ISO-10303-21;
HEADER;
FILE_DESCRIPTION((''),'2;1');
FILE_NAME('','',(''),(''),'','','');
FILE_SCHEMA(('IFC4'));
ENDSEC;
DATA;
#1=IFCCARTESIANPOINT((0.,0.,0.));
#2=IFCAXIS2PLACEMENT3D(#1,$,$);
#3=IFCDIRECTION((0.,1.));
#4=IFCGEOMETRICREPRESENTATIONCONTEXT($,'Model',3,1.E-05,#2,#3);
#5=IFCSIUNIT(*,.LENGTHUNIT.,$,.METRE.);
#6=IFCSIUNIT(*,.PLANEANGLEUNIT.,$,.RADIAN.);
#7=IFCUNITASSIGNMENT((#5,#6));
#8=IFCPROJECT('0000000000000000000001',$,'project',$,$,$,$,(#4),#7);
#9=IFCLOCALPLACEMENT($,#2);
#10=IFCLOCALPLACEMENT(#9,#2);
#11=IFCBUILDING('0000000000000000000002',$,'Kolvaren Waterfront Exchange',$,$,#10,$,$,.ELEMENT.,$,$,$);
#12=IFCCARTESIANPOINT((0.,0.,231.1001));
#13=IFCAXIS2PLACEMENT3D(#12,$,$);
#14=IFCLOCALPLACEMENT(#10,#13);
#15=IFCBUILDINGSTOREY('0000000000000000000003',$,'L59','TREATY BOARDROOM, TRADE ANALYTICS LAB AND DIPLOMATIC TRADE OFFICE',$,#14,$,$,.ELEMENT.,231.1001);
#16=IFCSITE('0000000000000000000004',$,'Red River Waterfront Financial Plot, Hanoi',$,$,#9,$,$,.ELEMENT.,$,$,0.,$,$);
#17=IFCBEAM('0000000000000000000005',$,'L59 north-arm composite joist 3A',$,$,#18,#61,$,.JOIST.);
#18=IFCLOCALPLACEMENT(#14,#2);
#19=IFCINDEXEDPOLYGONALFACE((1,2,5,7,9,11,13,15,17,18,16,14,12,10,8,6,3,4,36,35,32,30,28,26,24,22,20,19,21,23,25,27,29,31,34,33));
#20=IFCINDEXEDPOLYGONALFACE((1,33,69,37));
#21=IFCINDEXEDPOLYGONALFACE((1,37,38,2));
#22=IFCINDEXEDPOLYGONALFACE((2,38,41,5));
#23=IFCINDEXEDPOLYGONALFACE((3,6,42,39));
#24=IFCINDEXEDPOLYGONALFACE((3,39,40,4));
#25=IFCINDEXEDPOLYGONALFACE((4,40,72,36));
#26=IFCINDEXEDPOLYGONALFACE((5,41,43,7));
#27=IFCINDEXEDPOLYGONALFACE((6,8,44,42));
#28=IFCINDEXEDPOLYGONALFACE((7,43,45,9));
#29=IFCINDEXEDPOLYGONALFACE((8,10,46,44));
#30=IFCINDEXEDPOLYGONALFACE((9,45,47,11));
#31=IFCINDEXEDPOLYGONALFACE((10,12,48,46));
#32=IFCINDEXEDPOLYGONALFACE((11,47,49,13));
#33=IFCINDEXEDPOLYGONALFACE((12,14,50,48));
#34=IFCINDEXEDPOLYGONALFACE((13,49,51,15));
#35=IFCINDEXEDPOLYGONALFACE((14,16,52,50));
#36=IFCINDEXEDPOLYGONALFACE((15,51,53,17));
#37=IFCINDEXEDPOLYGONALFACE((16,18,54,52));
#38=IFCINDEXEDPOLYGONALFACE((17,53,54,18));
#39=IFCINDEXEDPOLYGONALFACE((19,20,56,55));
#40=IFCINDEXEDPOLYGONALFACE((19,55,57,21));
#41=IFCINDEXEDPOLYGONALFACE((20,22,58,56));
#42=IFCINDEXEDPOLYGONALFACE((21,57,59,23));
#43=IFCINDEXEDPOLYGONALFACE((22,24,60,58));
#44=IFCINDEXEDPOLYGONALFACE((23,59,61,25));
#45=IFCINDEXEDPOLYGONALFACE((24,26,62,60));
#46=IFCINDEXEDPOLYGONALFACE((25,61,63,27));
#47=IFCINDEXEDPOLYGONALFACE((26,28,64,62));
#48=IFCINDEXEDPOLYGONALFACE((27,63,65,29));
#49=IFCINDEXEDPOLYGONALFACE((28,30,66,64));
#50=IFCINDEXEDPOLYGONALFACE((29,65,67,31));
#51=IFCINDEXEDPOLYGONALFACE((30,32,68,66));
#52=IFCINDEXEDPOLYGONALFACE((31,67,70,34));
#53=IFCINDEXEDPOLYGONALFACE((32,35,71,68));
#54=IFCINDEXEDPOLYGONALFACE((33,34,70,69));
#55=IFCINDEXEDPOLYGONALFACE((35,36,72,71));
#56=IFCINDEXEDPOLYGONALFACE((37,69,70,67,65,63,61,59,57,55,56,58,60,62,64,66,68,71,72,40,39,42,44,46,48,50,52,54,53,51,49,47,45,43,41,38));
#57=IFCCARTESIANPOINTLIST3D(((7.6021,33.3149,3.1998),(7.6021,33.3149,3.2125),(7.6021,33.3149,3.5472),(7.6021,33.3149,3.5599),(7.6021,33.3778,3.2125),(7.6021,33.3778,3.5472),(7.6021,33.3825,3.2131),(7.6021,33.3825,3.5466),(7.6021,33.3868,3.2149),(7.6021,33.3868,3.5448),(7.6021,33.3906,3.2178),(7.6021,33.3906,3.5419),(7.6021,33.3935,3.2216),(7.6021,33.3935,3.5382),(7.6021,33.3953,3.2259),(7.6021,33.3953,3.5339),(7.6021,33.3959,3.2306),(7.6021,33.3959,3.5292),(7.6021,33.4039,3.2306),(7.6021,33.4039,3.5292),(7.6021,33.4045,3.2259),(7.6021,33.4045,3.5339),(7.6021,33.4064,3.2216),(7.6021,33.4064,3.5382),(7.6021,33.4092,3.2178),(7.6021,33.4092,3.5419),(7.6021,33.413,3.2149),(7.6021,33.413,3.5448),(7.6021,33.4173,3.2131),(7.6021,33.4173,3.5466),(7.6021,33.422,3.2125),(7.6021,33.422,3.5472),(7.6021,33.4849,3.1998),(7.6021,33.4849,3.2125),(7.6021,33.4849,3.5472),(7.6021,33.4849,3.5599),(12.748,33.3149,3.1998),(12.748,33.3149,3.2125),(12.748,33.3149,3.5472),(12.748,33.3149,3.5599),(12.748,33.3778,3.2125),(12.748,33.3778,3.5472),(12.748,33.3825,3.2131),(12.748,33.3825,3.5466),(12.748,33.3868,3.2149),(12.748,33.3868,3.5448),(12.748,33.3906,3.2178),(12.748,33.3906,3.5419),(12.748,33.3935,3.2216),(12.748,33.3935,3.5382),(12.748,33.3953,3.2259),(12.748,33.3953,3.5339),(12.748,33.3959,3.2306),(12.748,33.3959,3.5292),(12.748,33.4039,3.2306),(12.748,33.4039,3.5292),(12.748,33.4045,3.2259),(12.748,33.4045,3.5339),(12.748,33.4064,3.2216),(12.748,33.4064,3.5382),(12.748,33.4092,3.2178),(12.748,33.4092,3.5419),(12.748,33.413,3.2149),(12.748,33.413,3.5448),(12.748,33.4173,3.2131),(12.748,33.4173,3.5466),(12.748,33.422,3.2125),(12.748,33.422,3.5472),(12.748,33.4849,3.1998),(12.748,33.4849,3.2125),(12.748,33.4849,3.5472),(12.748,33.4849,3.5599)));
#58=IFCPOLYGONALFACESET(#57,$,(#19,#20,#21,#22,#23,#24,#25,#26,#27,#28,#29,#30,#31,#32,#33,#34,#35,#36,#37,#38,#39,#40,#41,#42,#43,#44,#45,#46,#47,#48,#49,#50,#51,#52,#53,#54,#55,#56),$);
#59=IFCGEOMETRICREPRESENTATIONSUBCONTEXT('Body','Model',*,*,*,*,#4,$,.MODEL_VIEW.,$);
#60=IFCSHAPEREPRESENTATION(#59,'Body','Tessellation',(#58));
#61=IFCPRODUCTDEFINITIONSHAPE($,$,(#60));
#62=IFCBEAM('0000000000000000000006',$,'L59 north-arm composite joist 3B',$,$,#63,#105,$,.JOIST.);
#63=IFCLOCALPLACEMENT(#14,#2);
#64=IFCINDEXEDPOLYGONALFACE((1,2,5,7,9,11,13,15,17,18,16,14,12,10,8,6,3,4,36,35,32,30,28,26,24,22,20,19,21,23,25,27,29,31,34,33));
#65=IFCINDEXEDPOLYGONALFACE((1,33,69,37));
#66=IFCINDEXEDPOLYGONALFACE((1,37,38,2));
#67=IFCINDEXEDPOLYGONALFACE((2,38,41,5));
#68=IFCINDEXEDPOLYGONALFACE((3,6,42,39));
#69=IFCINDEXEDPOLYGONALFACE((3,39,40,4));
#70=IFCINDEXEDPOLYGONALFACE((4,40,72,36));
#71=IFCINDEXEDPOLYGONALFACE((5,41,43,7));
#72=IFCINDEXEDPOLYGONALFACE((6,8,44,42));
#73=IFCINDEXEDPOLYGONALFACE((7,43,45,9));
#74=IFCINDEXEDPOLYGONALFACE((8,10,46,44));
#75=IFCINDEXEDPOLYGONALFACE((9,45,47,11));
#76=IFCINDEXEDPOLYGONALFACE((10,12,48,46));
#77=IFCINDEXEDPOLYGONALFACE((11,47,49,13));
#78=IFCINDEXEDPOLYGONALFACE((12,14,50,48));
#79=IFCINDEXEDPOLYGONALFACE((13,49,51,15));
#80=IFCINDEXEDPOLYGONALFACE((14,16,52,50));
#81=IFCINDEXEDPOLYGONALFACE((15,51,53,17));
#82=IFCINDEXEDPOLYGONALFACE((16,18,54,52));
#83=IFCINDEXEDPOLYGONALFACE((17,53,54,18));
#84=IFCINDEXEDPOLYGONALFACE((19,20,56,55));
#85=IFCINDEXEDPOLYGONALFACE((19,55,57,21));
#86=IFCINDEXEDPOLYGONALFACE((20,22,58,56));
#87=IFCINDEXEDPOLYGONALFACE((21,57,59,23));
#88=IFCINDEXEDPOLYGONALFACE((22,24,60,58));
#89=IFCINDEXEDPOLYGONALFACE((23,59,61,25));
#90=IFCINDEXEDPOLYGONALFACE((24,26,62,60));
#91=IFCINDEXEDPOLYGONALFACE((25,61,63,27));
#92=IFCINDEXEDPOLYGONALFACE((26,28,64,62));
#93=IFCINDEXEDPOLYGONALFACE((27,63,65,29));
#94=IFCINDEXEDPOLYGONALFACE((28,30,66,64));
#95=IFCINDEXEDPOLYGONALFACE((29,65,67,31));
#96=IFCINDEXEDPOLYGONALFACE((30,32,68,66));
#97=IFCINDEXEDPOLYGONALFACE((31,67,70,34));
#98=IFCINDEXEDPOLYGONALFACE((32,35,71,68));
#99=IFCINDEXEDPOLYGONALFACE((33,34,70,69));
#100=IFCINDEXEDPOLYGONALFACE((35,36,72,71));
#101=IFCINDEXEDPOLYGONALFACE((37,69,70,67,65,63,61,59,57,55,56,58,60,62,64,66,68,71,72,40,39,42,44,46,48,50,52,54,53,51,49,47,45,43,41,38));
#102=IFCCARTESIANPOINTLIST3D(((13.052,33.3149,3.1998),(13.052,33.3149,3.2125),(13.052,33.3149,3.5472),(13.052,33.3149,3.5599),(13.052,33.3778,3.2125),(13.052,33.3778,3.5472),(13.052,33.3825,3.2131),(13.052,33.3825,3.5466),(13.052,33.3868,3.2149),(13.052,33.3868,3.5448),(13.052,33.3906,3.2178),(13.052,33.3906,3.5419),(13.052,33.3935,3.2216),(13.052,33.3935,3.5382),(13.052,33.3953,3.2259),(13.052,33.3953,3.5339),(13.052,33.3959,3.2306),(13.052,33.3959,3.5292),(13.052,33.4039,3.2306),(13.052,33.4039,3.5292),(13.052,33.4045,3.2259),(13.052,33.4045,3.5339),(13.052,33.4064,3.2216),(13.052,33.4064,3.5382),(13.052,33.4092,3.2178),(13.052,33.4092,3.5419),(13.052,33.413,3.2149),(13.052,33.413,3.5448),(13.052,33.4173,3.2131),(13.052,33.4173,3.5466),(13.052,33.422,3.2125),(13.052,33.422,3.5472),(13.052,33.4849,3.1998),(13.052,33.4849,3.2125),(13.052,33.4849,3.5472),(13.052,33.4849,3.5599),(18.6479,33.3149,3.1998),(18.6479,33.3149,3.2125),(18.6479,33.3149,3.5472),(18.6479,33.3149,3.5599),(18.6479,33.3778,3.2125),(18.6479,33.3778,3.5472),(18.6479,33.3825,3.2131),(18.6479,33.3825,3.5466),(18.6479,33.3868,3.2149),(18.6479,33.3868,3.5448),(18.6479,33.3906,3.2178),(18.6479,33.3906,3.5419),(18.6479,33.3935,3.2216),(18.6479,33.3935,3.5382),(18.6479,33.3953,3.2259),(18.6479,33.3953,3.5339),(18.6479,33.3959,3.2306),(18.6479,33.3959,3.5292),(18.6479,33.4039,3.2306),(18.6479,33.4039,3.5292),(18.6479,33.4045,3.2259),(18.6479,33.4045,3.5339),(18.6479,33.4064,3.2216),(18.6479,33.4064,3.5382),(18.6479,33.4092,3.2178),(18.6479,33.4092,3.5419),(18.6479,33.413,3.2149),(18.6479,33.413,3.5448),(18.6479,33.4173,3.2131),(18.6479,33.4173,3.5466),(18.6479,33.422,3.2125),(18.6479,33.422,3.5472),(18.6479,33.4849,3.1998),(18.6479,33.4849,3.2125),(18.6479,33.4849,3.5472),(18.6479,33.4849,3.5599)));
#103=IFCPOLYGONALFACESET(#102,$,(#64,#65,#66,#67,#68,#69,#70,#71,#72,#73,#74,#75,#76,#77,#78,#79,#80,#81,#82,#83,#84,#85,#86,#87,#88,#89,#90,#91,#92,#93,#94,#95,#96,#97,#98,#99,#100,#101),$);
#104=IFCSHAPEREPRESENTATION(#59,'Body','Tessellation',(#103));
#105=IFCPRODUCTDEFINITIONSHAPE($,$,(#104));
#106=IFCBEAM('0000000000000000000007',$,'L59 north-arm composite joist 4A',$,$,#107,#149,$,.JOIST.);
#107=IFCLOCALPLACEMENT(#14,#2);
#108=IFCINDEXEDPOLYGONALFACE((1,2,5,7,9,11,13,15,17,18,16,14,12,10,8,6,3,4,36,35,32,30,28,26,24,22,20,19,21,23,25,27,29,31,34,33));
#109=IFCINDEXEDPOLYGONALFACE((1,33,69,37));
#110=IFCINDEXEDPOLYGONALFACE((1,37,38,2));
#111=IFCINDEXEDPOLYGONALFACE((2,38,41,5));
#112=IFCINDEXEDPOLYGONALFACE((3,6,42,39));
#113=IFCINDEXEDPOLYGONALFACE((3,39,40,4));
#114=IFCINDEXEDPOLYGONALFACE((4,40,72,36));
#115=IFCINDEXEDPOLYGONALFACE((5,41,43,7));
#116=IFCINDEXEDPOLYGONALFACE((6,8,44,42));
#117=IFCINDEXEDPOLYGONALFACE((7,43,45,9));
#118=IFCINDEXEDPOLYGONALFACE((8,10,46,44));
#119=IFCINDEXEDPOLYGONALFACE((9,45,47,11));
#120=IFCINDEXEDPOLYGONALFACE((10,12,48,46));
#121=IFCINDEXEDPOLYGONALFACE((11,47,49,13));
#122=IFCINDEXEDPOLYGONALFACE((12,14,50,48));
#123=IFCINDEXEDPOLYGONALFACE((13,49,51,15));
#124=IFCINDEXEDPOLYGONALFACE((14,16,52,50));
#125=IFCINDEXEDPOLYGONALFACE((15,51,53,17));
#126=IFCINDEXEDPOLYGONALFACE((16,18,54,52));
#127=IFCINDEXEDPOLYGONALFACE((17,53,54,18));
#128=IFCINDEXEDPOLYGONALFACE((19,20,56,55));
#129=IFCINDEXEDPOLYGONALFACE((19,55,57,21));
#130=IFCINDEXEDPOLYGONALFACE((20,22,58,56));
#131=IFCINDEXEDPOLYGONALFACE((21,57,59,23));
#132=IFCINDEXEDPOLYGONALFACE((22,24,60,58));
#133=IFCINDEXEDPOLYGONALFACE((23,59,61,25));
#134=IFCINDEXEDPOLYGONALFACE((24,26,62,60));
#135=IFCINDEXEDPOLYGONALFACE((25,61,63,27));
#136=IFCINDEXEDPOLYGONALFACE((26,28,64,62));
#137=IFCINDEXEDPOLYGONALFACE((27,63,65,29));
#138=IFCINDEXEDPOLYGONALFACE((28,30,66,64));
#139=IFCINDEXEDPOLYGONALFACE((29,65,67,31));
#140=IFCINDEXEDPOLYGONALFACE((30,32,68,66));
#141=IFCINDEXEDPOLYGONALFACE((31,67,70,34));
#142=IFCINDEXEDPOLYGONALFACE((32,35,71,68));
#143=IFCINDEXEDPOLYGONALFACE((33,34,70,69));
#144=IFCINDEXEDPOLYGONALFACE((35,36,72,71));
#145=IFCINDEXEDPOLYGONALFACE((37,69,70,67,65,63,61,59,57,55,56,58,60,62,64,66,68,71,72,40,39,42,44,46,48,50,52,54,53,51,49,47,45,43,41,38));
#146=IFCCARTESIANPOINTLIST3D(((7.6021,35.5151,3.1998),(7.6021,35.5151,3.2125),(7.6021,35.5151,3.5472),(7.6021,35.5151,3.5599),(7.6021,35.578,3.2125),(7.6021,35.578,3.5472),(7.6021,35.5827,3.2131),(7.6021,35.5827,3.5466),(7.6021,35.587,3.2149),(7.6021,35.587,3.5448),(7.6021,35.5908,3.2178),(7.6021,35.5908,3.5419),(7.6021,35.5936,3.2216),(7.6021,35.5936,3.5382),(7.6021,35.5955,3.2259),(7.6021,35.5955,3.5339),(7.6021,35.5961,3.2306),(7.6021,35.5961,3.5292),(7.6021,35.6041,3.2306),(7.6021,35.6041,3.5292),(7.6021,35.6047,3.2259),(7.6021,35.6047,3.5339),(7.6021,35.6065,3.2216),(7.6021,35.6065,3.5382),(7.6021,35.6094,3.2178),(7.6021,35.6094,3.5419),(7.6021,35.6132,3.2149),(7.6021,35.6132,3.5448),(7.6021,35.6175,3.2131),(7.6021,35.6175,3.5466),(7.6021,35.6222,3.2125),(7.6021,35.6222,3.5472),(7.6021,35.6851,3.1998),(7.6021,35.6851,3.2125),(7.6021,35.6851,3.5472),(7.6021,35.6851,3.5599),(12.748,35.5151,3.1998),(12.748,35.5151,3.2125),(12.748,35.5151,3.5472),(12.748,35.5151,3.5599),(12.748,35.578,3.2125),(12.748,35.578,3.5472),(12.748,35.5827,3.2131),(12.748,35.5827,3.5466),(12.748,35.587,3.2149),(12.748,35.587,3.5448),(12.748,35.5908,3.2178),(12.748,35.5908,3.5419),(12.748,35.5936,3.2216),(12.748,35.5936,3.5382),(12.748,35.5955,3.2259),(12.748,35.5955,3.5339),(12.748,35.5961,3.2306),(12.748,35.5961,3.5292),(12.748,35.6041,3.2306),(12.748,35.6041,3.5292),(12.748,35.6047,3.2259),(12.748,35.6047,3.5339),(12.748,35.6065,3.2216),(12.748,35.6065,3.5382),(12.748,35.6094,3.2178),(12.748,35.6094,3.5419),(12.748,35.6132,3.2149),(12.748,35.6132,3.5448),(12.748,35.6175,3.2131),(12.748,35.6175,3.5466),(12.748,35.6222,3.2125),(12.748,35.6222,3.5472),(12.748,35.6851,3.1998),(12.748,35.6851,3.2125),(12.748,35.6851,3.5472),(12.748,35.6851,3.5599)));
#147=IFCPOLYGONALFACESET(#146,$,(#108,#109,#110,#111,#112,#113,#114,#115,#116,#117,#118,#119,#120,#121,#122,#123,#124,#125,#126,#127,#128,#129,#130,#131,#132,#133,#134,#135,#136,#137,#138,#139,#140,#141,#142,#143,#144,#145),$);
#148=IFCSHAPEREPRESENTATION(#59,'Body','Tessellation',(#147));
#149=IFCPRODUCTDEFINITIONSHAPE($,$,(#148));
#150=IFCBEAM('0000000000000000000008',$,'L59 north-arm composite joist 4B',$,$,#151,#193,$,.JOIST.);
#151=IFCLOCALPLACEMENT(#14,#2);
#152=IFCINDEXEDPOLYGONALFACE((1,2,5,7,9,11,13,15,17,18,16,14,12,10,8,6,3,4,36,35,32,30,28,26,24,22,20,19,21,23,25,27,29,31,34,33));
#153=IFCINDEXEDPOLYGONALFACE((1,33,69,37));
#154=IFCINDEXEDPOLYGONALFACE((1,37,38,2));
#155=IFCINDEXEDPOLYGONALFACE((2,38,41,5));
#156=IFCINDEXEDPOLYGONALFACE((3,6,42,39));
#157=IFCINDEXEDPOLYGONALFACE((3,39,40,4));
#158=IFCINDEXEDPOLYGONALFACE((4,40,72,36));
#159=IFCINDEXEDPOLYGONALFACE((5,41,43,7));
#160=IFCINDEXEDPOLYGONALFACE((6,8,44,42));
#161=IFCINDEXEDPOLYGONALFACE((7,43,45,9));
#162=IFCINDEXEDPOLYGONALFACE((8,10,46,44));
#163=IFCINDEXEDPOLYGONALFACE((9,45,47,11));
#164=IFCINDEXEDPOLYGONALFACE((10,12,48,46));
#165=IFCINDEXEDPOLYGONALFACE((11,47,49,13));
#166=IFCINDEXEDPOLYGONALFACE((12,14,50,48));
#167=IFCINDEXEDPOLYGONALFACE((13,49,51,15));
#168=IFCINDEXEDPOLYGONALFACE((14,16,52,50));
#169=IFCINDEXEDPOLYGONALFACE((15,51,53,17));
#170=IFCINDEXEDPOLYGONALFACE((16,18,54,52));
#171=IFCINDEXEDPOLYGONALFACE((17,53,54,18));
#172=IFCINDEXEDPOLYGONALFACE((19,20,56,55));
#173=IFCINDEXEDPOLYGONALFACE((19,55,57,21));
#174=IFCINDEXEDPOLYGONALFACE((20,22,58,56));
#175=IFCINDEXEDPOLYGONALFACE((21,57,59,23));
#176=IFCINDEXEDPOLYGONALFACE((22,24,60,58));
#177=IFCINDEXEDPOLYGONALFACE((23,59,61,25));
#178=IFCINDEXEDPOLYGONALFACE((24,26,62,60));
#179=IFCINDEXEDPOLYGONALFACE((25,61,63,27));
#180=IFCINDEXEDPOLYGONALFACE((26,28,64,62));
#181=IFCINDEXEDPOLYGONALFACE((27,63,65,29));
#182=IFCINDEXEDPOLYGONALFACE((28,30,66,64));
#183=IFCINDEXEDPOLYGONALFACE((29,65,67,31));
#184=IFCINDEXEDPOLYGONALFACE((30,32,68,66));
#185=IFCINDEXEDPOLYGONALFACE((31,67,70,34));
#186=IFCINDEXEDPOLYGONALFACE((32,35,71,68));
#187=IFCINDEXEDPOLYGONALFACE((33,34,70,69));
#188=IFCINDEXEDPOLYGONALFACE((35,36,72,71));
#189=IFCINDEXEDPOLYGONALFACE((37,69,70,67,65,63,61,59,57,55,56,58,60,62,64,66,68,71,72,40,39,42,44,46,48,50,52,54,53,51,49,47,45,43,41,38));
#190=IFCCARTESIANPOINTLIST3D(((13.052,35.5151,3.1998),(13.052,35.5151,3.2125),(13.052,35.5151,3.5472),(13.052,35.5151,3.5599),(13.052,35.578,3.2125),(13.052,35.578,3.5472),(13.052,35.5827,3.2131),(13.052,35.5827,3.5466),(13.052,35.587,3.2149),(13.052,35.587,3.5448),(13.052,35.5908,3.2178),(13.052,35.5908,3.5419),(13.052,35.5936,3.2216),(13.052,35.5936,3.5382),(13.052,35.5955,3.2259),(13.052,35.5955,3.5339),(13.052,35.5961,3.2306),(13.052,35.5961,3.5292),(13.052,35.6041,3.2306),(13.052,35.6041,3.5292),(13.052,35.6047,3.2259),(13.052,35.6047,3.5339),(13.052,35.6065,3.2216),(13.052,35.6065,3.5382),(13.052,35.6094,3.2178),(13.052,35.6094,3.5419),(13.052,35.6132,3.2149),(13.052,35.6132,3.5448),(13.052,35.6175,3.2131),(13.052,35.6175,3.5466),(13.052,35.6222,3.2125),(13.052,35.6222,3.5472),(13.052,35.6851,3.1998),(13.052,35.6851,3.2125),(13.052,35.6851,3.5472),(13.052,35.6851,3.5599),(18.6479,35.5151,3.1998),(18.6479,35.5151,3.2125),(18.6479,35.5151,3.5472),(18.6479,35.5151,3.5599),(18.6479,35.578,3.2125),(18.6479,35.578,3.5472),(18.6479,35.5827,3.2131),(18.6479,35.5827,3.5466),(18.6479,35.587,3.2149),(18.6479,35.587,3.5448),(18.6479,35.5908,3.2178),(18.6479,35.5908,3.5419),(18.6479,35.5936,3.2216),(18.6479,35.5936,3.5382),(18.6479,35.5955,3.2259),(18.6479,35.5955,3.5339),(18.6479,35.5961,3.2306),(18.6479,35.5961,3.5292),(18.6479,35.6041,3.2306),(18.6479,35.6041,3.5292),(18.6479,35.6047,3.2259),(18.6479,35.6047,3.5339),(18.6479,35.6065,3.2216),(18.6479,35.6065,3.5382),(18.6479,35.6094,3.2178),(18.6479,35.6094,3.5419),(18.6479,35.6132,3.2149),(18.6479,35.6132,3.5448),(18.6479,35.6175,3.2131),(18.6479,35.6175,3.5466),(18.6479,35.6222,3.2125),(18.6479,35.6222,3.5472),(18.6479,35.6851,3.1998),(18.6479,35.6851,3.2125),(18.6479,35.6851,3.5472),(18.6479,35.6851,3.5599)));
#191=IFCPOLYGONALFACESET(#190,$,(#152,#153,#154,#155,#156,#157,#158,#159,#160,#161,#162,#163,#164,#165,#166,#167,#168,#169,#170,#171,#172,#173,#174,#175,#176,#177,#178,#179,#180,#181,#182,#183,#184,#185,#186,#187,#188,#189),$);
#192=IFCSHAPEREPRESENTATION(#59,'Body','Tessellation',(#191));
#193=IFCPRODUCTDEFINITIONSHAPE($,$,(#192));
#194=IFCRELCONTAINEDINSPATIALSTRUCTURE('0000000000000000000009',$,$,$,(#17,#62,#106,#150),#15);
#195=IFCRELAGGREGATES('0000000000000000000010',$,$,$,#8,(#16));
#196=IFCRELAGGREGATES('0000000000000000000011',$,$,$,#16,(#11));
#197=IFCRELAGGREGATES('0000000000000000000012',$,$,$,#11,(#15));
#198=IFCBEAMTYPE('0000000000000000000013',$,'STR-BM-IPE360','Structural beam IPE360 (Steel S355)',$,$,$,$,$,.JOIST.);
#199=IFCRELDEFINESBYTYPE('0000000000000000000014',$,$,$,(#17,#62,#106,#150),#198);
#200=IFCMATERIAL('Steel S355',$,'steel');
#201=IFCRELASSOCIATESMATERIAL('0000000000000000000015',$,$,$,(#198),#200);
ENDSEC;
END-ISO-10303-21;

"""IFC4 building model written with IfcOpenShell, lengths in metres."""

from ifc_helpers import new_model, si_unit, direction, frame, origin, origin_2d, place, context, subcontext, project, spatial, i_section, extrude, material, material_profile, profile_set, type_object, element, save


model = new_model("IFC4")

# Units and contexts
model_context = context("Model", 3, precision=1e-05, world=origin(), true_north=direction((0.0, 1.0)))
body_context = subcontext(model_context, "Body", "Model", "MODEL_VIEW")
ifc_project = project(units=[si_unit("LENGTHUNIT", "METRE"), si_unit("PLANEANGLEUNIT", "RADIAN")], contexts=[model_context])

# Site, building, storey
site_placement = place(None, origin())
site = spatial("IfcSite", under=ifc_project, at=site_placement, Name="Red River Waterfront Financial Plot, Hanoi", CompositionType="ELEMENT", RefElevation=0.0)
building_placement = place(site_placement, origin())
building = spatial("IfcBuilding", under=site, at=building_placement, Name="Kolvaren Waterfront Exchange", CompositionType="ELEMENT")
storey_placement = place(building_placement, frame((0.0, 0.0, 231.1001)))
storey = spatial("IfcBuildingStorey", under=building, at=storey_placement, Name="L59", Description="TREATY BOARDROOM, TRADE ANALYTICS LAB AND DIPLOMATIC TRADE OFFICE", CompositionType="ELEMENT", Elevation=231.1001)

# Beams
ifc_material_1 = material(Name="Steel S355", Category="steel")
ifc_material_profile_1 = material_profile(ifc_material_1, i_section(OverallWidth=0.1699, OverallDepth=0.3601, WebThickness=0.0081, FlangeThickness=0.0127, FilletRadius=0.0181, at=origin_2d()), Name="IPE360")
ifc_profile_set_1 = profile_set([ifc_material_profile_1], Name="Steel S355")
beam_type_1 = type_object("IfcBeamType", Name="STR-BM-IPE360", Description="Structural beam IPE360 (Steel S355)", PredefinedType="JOIST", material=ifc_profile_set_1)
beam_1_placement = place(storey_placement, frame((7.6021, 33.3999, 3.3799), z_axis=(1.0, 0.0, 0.0), x_axis=(0.0, 1.0, 0.0)))
element("IfcBeam", 1, at=beam_1_placement, inside=storey, type_object=beam_type_1, Name="L59 north-arm composite joist 3A", PredefinedType="JOIST", context=body_context, shape_type="SweptSolid", body=[
    extrude(i_section(OverallWidth=0.1699, OverallDepth=0.3601, WebThickness=0.0081, FlangeThickness=0.0127, FilletRadius=0.0181, at=origin_2d()), origin(), (0.0, 0.0, 1.0), 5.146),
])
beam_2_placement = place(storey_placement, frame((13.052, 33.3999, 3.3799), z_axis=(1.0, 0.0, 0.0), x_axis=(0.0, 1.0, 0.0)))
element("IfcBeam", 2, at=beam_2_placement, inside=storey, type_object=beam_type_1, Name="L59 north-arm composite joist 3B", PredefinedType="JOIST", context=body_context, shape_type="SweptSolid", body=[
    extrude(i_section(OverallWidth=0.1699, OverallDepth=0.3601, WebThickness=0.0081, FlangeThickness=0.0127, FilletRadius=0.0181, at=origin_2d()), origin(), (0.0, 0.0, 1.0), 5.5959),
])
beam_3_placement = place(storey_placement, frame((7.6021, 35.6001, 3.3799), z_axis=(1.0, 0.0, 0.0), x_axis=(0.0, 1.0, 0.0)))
element("IfcBeam", 3, at=beam_3_placement, inside=storey, type_object=beam_type_1, Name="L59 north-arm composite joist 4A", PredefinedType="JOIST", context=body_context, shape_type="SweptSolid", body=[
    extrude(i_section(OverallWidth=0.1699, OverallDepth=0.3601, WebThickness=0.0081, FlangeThickness=0.0127, FilletRadius=0.0181, at=origin_2d()), origin(), (0.0, 0.0, 1.0), 5.146),
])
beam_4_placement = place(storey_placement, frame((13.052, 35.6001, 3.3799), z_axis=(1.0, 0.0, 0.0), x_axis=(0.0, 1.0, 0.0)))
element("IfcBeam", 4, at=beam_4_placement, inside=storey, type_object=beam_type_1, Name="L59 north-arm composite joist 4B", PredefinedType="JOIST", context=body_context, shape_type="SweptSolid", body=[
    extrude(i_section(OverallWidth=0.1699, OverallDepth=0.3601, WebThickness=0.0081, FlangeThickness=0.0127, FilletRadius=0.0181, at=origin_2d()), origin(), (0.0, 0.0, 1.0), 5.5959),
])

save(model, "model.ifc")
